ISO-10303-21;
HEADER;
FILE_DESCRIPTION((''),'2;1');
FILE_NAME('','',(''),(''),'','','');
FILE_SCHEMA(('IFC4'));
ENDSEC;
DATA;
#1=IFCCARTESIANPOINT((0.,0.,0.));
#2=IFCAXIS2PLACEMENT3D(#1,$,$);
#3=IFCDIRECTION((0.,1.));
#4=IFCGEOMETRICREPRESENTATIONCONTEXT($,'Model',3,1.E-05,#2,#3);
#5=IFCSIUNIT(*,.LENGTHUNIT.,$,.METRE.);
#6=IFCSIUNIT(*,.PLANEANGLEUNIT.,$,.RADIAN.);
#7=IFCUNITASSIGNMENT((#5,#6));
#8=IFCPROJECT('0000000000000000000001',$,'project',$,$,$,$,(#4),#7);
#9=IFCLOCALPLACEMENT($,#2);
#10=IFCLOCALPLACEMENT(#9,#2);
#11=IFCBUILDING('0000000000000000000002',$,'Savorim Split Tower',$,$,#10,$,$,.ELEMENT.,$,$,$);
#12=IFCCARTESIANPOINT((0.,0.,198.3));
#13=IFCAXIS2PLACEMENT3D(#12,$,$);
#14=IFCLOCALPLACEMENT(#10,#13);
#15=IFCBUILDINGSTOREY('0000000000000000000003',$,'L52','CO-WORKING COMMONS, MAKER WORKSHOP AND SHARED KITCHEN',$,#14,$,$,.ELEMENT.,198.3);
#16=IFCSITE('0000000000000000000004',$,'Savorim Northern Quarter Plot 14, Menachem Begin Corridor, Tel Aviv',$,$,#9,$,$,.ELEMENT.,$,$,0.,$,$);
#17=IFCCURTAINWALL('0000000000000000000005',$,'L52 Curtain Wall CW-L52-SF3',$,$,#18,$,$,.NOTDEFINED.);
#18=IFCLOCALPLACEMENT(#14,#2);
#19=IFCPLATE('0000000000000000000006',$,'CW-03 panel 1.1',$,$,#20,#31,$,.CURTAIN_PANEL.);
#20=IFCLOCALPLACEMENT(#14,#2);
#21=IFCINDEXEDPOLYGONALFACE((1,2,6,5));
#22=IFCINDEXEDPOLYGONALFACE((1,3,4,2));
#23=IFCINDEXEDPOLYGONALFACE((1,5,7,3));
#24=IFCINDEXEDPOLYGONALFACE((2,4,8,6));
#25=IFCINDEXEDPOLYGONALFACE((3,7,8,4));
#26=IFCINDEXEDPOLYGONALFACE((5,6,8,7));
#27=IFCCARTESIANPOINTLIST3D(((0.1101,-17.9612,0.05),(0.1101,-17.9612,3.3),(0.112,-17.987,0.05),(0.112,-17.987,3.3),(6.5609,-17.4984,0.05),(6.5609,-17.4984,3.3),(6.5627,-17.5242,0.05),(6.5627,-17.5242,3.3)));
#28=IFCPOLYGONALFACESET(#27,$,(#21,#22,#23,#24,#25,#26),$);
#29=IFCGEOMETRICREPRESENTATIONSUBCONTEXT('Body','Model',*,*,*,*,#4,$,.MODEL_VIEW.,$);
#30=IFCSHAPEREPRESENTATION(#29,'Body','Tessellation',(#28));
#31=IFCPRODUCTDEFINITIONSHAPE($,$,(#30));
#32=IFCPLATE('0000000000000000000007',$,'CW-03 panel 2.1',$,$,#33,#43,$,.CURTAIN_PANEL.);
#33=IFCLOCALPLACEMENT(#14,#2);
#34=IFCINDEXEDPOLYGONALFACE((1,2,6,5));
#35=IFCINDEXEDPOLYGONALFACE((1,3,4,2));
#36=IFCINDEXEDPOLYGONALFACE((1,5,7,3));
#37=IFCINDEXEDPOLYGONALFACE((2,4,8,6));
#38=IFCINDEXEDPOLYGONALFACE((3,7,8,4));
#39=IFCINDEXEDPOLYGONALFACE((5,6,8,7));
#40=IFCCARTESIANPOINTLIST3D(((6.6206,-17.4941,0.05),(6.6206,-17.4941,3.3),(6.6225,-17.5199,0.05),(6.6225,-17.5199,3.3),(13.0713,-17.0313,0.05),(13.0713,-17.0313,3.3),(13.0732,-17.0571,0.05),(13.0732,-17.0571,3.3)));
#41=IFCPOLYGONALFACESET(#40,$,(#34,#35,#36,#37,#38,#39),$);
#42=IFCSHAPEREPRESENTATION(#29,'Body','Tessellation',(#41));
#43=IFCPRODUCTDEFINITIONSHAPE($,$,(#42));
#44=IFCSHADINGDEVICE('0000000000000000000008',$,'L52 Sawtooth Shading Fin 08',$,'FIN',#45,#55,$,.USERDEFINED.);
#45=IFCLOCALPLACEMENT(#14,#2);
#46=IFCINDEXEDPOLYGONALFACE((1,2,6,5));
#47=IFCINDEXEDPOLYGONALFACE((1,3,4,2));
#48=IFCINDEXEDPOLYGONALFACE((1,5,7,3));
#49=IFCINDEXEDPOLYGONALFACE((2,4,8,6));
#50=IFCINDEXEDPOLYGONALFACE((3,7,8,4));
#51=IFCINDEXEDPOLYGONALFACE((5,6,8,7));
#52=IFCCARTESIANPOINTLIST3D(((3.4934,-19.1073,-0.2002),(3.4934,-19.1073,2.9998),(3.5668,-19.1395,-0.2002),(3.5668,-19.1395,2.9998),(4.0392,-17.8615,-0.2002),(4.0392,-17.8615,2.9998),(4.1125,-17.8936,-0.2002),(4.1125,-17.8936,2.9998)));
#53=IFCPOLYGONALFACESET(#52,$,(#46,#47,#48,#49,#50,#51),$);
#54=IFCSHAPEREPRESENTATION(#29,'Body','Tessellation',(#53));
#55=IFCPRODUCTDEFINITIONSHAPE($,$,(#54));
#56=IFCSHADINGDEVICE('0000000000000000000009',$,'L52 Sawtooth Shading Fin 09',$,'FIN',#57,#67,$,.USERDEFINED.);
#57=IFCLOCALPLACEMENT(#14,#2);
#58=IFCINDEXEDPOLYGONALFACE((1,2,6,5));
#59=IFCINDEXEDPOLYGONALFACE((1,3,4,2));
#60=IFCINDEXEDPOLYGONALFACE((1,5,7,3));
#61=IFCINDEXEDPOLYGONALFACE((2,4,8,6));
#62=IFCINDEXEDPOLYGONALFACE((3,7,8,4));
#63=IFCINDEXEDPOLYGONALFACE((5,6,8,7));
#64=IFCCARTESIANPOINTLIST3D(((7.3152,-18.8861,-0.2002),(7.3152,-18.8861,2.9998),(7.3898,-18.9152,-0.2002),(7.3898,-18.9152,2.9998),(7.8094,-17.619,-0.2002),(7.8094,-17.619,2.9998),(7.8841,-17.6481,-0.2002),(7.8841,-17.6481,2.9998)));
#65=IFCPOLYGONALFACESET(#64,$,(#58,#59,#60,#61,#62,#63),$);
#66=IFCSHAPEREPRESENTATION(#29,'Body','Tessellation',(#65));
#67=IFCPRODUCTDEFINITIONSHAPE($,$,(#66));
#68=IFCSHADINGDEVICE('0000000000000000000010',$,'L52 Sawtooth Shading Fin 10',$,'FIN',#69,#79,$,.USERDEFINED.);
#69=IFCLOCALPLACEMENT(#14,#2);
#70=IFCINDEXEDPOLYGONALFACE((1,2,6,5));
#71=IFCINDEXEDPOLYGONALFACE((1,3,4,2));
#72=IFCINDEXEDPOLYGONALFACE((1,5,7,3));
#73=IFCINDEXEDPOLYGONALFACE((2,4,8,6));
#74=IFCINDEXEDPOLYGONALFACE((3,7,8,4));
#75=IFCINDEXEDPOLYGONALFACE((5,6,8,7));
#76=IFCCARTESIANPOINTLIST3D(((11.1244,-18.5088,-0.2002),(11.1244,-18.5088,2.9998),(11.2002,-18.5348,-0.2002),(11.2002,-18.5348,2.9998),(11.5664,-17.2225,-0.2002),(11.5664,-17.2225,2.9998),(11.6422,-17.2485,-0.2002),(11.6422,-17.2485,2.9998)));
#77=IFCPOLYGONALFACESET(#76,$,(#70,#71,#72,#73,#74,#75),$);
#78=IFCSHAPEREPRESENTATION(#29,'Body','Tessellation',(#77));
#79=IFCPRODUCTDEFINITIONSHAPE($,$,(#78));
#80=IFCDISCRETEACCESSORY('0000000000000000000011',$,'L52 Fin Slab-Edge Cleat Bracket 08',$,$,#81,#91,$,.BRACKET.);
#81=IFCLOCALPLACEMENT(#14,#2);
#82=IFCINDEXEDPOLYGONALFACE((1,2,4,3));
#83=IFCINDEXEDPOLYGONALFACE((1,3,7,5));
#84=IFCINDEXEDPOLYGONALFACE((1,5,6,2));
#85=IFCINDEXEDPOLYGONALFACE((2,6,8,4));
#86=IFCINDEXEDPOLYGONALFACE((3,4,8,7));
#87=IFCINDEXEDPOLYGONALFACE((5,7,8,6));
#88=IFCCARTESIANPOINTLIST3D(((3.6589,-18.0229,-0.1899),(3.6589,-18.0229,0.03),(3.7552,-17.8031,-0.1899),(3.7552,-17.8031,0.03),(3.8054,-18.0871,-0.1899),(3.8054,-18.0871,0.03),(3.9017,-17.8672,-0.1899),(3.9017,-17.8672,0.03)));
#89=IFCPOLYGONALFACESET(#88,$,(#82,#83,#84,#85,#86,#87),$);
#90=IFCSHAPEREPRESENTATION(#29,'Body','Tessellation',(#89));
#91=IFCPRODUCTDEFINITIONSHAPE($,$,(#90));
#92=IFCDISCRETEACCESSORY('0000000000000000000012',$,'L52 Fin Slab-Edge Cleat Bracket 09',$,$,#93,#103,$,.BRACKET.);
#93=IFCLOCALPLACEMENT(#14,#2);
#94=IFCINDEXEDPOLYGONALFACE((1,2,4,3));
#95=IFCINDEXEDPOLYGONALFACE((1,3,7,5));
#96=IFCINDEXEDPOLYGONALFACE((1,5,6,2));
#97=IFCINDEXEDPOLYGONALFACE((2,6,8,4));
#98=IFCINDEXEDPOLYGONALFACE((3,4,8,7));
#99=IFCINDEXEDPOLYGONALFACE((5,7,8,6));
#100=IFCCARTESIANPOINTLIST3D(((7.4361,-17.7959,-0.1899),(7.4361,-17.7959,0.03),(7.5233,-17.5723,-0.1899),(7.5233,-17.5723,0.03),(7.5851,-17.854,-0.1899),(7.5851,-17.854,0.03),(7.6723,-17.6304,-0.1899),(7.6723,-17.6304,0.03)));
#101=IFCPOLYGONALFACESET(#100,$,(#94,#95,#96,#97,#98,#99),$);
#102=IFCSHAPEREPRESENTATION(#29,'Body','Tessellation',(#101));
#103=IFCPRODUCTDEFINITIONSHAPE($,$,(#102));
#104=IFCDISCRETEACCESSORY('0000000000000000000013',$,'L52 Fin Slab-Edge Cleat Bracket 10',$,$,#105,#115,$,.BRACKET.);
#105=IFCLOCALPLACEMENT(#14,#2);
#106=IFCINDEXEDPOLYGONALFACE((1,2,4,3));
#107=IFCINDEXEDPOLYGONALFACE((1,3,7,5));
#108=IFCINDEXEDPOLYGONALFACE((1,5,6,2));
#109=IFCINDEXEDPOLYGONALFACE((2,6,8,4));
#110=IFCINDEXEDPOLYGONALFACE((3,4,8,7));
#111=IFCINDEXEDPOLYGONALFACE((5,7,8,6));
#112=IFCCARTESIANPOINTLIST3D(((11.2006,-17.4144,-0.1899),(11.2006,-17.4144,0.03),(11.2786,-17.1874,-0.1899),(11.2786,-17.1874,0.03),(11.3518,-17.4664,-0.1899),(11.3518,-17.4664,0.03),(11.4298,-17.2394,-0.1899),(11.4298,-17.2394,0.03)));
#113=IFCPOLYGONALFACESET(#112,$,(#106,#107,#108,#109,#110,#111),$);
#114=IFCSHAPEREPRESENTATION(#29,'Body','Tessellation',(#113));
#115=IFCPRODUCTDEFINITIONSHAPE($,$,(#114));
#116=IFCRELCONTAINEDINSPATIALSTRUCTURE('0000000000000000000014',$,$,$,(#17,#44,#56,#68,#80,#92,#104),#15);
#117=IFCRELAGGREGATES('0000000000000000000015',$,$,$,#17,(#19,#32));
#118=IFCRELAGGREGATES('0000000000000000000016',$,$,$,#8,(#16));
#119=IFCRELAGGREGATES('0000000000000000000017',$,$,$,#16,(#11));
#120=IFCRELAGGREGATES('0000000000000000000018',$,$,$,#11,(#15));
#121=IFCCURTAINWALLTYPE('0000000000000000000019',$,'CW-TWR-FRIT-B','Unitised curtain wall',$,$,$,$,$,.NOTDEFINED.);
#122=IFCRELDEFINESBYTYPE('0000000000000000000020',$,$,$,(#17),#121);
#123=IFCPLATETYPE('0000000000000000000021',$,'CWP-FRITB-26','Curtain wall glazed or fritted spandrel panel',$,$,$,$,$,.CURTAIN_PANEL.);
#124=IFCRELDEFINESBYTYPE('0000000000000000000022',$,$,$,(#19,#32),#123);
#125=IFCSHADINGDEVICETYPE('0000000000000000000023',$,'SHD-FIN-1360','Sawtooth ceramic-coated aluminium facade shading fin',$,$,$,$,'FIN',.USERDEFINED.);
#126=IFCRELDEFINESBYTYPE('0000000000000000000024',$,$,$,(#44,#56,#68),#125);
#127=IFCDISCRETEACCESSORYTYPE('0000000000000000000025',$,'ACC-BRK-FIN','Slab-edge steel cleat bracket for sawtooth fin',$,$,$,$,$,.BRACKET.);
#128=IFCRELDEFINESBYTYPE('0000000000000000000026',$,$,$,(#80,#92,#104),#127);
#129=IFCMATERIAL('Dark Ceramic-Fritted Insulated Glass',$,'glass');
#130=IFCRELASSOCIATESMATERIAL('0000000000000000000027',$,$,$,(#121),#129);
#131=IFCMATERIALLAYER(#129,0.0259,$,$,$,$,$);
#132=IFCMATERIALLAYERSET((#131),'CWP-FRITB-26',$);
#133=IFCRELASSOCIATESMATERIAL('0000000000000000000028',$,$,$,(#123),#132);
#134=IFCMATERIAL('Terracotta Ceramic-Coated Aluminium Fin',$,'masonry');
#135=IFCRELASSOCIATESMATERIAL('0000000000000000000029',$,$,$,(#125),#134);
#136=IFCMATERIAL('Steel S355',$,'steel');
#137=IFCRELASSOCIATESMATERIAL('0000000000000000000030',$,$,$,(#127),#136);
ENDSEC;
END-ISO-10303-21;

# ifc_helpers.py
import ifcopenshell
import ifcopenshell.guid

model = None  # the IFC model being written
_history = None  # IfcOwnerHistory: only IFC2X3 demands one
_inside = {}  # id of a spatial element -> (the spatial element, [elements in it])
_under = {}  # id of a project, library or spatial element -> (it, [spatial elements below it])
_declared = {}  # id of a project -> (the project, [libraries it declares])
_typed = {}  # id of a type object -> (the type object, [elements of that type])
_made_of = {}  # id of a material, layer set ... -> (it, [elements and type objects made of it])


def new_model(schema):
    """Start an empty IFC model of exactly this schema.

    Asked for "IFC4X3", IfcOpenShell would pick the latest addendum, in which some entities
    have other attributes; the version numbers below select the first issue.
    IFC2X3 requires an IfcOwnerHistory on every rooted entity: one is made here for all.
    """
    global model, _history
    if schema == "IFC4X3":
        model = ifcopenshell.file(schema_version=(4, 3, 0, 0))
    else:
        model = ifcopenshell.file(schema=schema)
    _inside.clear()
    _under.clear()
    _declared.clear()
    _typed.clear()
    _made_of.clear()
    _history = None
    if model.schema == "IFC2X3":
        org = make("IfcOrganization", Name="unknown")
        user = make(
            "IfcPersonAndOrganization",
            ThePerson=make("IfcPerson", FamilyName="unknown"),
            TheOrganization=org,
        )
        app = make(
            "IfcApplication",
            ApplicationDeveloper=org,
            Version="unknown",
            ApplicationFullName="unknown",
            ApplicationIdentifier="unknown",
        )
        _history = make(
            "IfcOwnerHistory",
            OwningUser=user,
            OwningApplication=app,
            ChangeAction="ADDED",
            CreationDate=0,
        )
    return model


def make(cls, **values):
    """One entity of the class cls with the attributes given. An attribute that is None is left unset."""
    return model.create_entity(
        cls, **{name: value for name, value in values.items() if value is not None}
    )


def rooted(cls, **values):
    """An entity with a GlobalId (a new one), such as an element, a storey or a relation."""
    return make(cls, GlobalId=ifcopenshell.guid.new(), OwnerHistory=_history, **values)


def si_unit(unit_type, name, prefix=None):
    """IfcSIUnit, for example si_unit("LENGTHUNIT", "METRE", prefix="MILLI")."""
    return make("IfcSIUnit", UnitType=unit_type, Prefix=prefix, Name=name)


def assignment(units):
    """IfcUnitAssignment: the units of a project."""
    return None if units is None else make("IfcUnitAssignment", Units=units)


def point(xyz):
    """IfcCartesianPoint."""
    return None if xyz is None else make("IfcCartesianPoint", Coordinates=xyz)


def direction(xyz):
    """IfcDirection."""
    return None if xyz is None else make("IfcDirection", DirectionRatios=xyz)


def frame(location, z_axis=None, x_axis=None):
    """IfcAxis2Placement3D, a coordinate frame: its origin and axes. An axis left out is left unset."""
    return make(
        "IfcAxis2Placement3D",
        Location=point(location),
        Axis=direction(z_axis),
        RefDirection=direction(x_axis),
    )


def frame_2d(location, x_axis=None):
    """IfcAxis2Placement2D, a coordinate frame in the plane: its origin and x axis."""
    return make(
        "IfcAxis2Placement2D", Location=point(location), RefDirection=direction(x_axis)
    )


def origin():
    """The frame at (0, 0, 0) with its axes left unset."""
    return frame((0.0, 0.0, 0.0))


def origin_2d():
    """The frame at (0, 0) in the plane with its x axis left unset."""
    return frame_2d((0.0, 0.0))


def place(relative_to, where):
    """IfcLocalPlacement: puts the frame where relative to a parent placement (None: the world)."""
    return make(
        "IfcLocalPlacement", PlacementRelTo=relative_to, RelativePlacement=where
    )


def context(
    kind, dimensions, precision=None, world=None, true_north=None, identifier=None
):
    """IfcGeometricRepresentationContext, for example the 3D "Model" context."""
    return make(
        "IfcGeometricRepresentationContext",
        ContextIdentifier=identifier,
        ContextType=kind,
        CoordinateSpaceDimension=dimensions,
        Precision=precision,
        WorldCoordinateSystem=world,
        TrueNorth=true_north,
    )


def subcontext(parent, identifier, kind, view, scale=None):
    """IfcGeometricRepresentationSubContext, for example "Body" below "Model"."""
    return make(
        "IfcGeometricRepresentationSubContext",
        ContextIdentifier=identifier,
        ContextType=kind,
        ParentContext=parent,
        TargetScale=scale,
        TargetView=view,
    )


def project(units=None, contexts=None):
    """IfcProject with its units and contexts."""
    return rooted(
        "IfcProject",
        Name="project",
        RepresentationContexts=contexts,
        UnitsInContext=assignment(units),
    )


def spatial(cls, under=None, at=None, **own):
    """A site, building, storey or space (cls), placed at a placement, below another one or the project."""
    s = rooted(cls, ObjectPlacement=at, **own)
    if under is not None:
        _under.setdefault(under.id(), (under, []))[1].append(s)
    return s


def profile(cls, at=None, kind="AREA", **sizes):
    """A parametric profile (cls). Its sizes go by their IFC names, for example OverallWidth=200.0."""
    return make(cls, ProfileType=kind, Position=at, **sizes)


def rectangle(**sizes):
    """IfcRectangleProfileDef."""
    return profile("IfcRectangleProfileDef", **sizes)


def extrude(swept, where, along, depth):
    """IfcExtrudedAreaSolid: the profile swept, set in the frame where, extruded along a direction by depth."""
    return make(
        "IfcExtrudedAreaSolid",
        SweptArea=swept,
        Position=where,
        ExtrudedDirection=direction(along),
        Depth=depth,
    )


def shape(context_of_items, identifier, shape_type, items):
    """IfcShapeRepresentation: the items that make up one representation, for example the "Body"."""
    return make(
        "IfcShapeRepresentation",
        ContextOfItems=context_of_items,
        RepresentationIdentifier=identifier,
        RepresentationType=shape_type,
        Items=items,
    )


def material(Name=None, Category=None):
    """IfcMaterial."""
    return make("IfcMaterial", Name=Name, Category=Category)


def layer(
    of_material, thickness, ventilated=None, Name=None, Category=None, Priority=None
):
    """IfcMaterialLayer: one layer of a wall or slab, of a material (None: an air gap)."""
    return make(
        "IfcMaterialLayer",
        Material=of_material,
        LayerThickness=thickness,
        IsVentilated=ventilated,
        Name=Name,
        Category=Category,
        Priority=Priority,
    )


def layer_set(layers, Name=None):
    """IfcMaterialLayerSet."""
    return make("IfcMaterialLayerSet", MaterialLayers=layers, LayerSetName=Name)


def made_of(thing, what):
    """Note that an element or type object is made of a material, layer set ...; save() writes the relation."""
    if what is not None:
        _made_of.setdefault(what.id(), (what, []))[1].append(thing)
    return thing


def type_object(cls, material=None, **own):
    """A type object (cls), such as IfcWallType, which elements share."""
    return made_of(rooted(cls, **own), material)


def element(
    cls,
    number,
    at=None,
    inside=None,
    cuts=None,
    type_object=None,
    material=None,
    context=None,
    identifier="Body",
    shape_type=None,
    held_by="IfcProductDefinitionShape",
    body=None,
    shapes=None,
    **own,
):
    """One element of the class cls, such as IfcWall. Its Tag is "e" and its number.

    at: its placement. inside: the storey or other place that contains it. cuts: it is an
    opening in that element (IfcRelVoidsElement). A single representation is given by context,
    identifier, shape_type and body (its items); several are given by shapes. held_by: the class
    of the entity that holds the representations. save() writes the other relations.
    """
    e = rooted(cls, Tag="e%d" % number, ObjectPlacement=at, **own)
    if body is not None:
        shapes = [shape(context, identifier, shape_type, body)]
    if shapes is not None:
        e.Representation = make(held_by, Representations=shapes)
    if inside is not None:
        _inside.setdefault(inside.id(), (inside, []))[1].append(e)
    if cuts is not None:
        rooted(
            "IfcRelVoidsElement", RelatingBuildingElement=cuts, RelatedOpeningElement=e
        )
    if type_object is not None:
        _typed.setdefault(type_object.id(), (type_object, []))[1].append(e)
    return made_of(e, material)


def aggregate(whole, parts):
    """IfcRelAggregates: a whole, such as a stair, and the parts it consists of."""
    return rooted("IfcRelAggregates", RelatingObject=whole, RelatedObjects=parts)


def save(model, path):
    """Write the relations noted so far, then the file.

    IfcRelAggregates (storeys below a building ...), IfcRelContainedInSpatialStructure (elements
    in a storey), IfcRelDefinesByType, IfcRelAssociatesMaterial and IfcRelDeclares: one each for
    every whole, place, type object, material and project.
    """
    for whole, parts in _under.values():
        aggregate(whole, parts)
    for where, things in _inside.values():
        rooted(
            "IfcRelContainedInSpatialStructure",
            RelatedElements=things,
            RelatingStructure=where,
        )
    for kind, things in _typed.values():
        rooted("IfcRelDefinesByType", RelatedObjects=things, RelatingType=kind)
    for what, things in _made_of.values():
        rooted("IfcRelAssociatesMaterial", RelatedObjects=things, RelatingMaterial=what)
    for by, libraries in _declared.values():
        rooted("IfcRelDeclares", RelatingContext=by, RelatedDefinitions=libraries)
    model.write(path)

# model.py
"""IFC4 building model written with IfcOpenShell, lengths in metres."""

from ifc_helpers import new_model, si_unit, direction, frame, origin, origin_2d, place, context, subcontext, project, spatial, rectangle, extrude, material, layer, layer_set, type_object, element, aggregate, save


model = new_model("IFC4")

# Units and contexts
model_context = context("Model", 3, precision=1e-05, world=origin(), true_north=direction((0.0, 1.0)))
body_context = subcontext(model_context, "Body", "Model", "MODEL_VIEW")
ifc_project = project(units=[si_unit("LENGTHUNIT", "METRE"), si_unit("PLANEANGLEUNIT", "RADIAN")], contexts=[model_context])

# Site, building, storey
site_placement = place(None, origin())
site = spatial("IfcSite", under=ifc_project, at=site_placement, Name="Savorim Northern Quarter Plot 14, Menachem Begin Corridor, Tel Aviv", CompositionType="ELEMENT", RefElevation=0.0)
building_placement = place(site_placement, origin())
building = spatial("IfcBuilding", under=site, at=building_placement, Name="Savorim Split Tower", CompositionType="ELEMENT")
storey_placement = place(building_placement, frame((0.0, 0.0, 198.3)))
storey = spatial("IfcBuildingStorey", under=building, at=storey_placement, Name="L52", Description="CO-WORKING COMMONS, MAKER WORKSHOP AND SHARED KITCHEN", CompositionType="ELEMENT", Elevation=198.3)

# Shared definitions
ifc_material_1 = material(Name="Steel S355", Category="steel")

# Curtain wall, plates
ifc_material_2 = material(Name="Dark Ceramic-Fritted Insulated Glass", Category="glass")
curtain_wall_type = type_object("IfcCurtainWallType", Name="CW-TWR-FRIT-B", Description="Unitised curtain wall", PredefinedType="NOTDEFINED", material=ifc_material_2)
curtain_wall_placement = place(storey_placement, origin())
curtain_wall = element("IfcCurtainWall", 1, at=curtain_wall_placement, inside=storey, type_object=curtain_wall_type, Name="L52 Curtain Wall CW-L52-SF3", PredefinedType="NOTDEFINED")
ifc_layer = layer(ifc_material_2, 0.0259)
ifc_layer_set = layer_set([ifc_layer], Name="CWP-FRITB-26")
plate_type = type_object("IfcPlateType", Name="CWP-FRITB-26", Description="Curtain wall glazed or fritted spandrel panel", PredefinedType="CURTAIN_PANEL", material=ifc_layer_set)
plate_1_placement = place(storey_placement, frame((3.3364, -17.7427, 0.05), z_axis=(0.0, 0.0, 1.0), x_axis=(0.997436, 0.071562, 0.0)))
plate_1 = element("IfcPlate", 2, at=plate_1_placement, type_object=plate_type, Name="CW-03 panel 1.1", PredefinedType="CURTAIN_PANEL", context=body_context, shape_type="SweptSolid", body=[
    extrude(rectangle(XDim=6.4673, YDim=0.0259, at=origin_2d()), origin(), (0.0, 0.0, 1.0), 3.25),
])
plate_2_placement = place(storey_placement, frame((9.8469, -17.2756, 0.05), z_axis=(0.0, 0.0, 1.0), x_axis=(0.997436, 0.071562, 0.0)))
plate_2 = element("IfcPlate", 3, at=plate_2_placement, type_object=plate_type, Name="CW-03 panel 2.1", PredefinedType="CURTAIN_PANEL", context=body_context, shape_type="SweptSolid", body=[
    extrude(rectangle(XDim=6.4673, YDim=0.0259, at=origin_2d()), origin(), (0.0, 0.0, 1.0), 3.25),
])
aggregate(curtain_wall, [plate_1, plate_2])

# Shading devices
ifc_material_3 = material(Name="Terracotta Ceramic-Coated Aluminium Fin", Category="masonry")
shading_device_type = type_object("IfcShadingDeviceType", Name="SHD-FIN-1360", Description="Sawtooth ceramic-coated aluminium facade shading fin", ElementType="FIN", PredefinedType="USERDEFINED", material=ifc_material_3)
for number, where, z_axis, x_axis, name in (
    (4, (3.803, -18.5005, -0.2002), (0.0, 0.0, 1.0), (-0.40123, -0.915977, 0.0), "L52 Sawtooth Shading Fin 08"),
    (5, (7.5996, -18.2671, -0.2002), (0.0, 0.0, 1.0), (-0.363415, -0.931627, 0.0), "L52 Sawtooth Shading Fin 09"),
    (6, (11.3833, -17.8787, -0.2002), (0.0, 0.0, 1.0), (-0.324994, -0.945716, 0.0), "L52 Sawtooth Shading Fin 10"),
):
    element("IfcShadingDevice", number, at=place(storey_placement, frame(where, z_axis=z_axis, x_axis=x_axis)), inside=storey, type_object=shading_device_type, Name=name, ObjectType="FIN", PredefinedType="USERDEFINED", context=body_context, shape_type="SweptSolid", body=[
        extrude(rectangle(XDim=1.3601, YDim=0.0801, at=origin_2d()), origin(), (0.0, 0.0, 1.0), 3.2),
    ])

# Discrete accessories
discrete_accessory_type = type_object("IfcDiscreteAccessoryType", Name="ACC-BRK-FIN", Description="Slab-edge steel cleat bracket for sawtooth fin", PredefinedType="BRACKET", material=ifc_material_1)
for number, where, z_axis, x_axis, name in (
    (7, (3.7803, -17.9451, -0.1899), (0.0, 0.0, 1.0), (-0.40123, -0.915977, 0.0), "L52 Fin Slab-Edge Cleat Bracket 08"),
    (8, (7.5542, -17.7131, -0.1899), (0.0, 0.0, 1.0), (-0.363415, -0.931627, 0.0), "L52 Fin Slab-Edge Cleat Bracket 09"),
    (9, (11.3152, -17.3269, -0.1899), (0.0, 0.0, 1.0), (-0.324994, -0.945716, 0.0), "L52 Fin Slab-Edge Cleat Bracket 10"),
):
    element("IfcDiscreteAccessory", number, at=place(storey_placement, frame(where, z_axis=z_axis, x_axis=x_axis)), inside=storey, type_object=discrete_accessory_type, Name=name, PredefinedType="BRACKET", context=body_context, shape_type="SweptSolid", body=[
        extrude(rectangle(XDim=0.24, YDim=0.1599, at=origin_2d()), origin(), (0.0, 0.0, 1.0), 0.22),
    ])

save(model, "model.ifc")
